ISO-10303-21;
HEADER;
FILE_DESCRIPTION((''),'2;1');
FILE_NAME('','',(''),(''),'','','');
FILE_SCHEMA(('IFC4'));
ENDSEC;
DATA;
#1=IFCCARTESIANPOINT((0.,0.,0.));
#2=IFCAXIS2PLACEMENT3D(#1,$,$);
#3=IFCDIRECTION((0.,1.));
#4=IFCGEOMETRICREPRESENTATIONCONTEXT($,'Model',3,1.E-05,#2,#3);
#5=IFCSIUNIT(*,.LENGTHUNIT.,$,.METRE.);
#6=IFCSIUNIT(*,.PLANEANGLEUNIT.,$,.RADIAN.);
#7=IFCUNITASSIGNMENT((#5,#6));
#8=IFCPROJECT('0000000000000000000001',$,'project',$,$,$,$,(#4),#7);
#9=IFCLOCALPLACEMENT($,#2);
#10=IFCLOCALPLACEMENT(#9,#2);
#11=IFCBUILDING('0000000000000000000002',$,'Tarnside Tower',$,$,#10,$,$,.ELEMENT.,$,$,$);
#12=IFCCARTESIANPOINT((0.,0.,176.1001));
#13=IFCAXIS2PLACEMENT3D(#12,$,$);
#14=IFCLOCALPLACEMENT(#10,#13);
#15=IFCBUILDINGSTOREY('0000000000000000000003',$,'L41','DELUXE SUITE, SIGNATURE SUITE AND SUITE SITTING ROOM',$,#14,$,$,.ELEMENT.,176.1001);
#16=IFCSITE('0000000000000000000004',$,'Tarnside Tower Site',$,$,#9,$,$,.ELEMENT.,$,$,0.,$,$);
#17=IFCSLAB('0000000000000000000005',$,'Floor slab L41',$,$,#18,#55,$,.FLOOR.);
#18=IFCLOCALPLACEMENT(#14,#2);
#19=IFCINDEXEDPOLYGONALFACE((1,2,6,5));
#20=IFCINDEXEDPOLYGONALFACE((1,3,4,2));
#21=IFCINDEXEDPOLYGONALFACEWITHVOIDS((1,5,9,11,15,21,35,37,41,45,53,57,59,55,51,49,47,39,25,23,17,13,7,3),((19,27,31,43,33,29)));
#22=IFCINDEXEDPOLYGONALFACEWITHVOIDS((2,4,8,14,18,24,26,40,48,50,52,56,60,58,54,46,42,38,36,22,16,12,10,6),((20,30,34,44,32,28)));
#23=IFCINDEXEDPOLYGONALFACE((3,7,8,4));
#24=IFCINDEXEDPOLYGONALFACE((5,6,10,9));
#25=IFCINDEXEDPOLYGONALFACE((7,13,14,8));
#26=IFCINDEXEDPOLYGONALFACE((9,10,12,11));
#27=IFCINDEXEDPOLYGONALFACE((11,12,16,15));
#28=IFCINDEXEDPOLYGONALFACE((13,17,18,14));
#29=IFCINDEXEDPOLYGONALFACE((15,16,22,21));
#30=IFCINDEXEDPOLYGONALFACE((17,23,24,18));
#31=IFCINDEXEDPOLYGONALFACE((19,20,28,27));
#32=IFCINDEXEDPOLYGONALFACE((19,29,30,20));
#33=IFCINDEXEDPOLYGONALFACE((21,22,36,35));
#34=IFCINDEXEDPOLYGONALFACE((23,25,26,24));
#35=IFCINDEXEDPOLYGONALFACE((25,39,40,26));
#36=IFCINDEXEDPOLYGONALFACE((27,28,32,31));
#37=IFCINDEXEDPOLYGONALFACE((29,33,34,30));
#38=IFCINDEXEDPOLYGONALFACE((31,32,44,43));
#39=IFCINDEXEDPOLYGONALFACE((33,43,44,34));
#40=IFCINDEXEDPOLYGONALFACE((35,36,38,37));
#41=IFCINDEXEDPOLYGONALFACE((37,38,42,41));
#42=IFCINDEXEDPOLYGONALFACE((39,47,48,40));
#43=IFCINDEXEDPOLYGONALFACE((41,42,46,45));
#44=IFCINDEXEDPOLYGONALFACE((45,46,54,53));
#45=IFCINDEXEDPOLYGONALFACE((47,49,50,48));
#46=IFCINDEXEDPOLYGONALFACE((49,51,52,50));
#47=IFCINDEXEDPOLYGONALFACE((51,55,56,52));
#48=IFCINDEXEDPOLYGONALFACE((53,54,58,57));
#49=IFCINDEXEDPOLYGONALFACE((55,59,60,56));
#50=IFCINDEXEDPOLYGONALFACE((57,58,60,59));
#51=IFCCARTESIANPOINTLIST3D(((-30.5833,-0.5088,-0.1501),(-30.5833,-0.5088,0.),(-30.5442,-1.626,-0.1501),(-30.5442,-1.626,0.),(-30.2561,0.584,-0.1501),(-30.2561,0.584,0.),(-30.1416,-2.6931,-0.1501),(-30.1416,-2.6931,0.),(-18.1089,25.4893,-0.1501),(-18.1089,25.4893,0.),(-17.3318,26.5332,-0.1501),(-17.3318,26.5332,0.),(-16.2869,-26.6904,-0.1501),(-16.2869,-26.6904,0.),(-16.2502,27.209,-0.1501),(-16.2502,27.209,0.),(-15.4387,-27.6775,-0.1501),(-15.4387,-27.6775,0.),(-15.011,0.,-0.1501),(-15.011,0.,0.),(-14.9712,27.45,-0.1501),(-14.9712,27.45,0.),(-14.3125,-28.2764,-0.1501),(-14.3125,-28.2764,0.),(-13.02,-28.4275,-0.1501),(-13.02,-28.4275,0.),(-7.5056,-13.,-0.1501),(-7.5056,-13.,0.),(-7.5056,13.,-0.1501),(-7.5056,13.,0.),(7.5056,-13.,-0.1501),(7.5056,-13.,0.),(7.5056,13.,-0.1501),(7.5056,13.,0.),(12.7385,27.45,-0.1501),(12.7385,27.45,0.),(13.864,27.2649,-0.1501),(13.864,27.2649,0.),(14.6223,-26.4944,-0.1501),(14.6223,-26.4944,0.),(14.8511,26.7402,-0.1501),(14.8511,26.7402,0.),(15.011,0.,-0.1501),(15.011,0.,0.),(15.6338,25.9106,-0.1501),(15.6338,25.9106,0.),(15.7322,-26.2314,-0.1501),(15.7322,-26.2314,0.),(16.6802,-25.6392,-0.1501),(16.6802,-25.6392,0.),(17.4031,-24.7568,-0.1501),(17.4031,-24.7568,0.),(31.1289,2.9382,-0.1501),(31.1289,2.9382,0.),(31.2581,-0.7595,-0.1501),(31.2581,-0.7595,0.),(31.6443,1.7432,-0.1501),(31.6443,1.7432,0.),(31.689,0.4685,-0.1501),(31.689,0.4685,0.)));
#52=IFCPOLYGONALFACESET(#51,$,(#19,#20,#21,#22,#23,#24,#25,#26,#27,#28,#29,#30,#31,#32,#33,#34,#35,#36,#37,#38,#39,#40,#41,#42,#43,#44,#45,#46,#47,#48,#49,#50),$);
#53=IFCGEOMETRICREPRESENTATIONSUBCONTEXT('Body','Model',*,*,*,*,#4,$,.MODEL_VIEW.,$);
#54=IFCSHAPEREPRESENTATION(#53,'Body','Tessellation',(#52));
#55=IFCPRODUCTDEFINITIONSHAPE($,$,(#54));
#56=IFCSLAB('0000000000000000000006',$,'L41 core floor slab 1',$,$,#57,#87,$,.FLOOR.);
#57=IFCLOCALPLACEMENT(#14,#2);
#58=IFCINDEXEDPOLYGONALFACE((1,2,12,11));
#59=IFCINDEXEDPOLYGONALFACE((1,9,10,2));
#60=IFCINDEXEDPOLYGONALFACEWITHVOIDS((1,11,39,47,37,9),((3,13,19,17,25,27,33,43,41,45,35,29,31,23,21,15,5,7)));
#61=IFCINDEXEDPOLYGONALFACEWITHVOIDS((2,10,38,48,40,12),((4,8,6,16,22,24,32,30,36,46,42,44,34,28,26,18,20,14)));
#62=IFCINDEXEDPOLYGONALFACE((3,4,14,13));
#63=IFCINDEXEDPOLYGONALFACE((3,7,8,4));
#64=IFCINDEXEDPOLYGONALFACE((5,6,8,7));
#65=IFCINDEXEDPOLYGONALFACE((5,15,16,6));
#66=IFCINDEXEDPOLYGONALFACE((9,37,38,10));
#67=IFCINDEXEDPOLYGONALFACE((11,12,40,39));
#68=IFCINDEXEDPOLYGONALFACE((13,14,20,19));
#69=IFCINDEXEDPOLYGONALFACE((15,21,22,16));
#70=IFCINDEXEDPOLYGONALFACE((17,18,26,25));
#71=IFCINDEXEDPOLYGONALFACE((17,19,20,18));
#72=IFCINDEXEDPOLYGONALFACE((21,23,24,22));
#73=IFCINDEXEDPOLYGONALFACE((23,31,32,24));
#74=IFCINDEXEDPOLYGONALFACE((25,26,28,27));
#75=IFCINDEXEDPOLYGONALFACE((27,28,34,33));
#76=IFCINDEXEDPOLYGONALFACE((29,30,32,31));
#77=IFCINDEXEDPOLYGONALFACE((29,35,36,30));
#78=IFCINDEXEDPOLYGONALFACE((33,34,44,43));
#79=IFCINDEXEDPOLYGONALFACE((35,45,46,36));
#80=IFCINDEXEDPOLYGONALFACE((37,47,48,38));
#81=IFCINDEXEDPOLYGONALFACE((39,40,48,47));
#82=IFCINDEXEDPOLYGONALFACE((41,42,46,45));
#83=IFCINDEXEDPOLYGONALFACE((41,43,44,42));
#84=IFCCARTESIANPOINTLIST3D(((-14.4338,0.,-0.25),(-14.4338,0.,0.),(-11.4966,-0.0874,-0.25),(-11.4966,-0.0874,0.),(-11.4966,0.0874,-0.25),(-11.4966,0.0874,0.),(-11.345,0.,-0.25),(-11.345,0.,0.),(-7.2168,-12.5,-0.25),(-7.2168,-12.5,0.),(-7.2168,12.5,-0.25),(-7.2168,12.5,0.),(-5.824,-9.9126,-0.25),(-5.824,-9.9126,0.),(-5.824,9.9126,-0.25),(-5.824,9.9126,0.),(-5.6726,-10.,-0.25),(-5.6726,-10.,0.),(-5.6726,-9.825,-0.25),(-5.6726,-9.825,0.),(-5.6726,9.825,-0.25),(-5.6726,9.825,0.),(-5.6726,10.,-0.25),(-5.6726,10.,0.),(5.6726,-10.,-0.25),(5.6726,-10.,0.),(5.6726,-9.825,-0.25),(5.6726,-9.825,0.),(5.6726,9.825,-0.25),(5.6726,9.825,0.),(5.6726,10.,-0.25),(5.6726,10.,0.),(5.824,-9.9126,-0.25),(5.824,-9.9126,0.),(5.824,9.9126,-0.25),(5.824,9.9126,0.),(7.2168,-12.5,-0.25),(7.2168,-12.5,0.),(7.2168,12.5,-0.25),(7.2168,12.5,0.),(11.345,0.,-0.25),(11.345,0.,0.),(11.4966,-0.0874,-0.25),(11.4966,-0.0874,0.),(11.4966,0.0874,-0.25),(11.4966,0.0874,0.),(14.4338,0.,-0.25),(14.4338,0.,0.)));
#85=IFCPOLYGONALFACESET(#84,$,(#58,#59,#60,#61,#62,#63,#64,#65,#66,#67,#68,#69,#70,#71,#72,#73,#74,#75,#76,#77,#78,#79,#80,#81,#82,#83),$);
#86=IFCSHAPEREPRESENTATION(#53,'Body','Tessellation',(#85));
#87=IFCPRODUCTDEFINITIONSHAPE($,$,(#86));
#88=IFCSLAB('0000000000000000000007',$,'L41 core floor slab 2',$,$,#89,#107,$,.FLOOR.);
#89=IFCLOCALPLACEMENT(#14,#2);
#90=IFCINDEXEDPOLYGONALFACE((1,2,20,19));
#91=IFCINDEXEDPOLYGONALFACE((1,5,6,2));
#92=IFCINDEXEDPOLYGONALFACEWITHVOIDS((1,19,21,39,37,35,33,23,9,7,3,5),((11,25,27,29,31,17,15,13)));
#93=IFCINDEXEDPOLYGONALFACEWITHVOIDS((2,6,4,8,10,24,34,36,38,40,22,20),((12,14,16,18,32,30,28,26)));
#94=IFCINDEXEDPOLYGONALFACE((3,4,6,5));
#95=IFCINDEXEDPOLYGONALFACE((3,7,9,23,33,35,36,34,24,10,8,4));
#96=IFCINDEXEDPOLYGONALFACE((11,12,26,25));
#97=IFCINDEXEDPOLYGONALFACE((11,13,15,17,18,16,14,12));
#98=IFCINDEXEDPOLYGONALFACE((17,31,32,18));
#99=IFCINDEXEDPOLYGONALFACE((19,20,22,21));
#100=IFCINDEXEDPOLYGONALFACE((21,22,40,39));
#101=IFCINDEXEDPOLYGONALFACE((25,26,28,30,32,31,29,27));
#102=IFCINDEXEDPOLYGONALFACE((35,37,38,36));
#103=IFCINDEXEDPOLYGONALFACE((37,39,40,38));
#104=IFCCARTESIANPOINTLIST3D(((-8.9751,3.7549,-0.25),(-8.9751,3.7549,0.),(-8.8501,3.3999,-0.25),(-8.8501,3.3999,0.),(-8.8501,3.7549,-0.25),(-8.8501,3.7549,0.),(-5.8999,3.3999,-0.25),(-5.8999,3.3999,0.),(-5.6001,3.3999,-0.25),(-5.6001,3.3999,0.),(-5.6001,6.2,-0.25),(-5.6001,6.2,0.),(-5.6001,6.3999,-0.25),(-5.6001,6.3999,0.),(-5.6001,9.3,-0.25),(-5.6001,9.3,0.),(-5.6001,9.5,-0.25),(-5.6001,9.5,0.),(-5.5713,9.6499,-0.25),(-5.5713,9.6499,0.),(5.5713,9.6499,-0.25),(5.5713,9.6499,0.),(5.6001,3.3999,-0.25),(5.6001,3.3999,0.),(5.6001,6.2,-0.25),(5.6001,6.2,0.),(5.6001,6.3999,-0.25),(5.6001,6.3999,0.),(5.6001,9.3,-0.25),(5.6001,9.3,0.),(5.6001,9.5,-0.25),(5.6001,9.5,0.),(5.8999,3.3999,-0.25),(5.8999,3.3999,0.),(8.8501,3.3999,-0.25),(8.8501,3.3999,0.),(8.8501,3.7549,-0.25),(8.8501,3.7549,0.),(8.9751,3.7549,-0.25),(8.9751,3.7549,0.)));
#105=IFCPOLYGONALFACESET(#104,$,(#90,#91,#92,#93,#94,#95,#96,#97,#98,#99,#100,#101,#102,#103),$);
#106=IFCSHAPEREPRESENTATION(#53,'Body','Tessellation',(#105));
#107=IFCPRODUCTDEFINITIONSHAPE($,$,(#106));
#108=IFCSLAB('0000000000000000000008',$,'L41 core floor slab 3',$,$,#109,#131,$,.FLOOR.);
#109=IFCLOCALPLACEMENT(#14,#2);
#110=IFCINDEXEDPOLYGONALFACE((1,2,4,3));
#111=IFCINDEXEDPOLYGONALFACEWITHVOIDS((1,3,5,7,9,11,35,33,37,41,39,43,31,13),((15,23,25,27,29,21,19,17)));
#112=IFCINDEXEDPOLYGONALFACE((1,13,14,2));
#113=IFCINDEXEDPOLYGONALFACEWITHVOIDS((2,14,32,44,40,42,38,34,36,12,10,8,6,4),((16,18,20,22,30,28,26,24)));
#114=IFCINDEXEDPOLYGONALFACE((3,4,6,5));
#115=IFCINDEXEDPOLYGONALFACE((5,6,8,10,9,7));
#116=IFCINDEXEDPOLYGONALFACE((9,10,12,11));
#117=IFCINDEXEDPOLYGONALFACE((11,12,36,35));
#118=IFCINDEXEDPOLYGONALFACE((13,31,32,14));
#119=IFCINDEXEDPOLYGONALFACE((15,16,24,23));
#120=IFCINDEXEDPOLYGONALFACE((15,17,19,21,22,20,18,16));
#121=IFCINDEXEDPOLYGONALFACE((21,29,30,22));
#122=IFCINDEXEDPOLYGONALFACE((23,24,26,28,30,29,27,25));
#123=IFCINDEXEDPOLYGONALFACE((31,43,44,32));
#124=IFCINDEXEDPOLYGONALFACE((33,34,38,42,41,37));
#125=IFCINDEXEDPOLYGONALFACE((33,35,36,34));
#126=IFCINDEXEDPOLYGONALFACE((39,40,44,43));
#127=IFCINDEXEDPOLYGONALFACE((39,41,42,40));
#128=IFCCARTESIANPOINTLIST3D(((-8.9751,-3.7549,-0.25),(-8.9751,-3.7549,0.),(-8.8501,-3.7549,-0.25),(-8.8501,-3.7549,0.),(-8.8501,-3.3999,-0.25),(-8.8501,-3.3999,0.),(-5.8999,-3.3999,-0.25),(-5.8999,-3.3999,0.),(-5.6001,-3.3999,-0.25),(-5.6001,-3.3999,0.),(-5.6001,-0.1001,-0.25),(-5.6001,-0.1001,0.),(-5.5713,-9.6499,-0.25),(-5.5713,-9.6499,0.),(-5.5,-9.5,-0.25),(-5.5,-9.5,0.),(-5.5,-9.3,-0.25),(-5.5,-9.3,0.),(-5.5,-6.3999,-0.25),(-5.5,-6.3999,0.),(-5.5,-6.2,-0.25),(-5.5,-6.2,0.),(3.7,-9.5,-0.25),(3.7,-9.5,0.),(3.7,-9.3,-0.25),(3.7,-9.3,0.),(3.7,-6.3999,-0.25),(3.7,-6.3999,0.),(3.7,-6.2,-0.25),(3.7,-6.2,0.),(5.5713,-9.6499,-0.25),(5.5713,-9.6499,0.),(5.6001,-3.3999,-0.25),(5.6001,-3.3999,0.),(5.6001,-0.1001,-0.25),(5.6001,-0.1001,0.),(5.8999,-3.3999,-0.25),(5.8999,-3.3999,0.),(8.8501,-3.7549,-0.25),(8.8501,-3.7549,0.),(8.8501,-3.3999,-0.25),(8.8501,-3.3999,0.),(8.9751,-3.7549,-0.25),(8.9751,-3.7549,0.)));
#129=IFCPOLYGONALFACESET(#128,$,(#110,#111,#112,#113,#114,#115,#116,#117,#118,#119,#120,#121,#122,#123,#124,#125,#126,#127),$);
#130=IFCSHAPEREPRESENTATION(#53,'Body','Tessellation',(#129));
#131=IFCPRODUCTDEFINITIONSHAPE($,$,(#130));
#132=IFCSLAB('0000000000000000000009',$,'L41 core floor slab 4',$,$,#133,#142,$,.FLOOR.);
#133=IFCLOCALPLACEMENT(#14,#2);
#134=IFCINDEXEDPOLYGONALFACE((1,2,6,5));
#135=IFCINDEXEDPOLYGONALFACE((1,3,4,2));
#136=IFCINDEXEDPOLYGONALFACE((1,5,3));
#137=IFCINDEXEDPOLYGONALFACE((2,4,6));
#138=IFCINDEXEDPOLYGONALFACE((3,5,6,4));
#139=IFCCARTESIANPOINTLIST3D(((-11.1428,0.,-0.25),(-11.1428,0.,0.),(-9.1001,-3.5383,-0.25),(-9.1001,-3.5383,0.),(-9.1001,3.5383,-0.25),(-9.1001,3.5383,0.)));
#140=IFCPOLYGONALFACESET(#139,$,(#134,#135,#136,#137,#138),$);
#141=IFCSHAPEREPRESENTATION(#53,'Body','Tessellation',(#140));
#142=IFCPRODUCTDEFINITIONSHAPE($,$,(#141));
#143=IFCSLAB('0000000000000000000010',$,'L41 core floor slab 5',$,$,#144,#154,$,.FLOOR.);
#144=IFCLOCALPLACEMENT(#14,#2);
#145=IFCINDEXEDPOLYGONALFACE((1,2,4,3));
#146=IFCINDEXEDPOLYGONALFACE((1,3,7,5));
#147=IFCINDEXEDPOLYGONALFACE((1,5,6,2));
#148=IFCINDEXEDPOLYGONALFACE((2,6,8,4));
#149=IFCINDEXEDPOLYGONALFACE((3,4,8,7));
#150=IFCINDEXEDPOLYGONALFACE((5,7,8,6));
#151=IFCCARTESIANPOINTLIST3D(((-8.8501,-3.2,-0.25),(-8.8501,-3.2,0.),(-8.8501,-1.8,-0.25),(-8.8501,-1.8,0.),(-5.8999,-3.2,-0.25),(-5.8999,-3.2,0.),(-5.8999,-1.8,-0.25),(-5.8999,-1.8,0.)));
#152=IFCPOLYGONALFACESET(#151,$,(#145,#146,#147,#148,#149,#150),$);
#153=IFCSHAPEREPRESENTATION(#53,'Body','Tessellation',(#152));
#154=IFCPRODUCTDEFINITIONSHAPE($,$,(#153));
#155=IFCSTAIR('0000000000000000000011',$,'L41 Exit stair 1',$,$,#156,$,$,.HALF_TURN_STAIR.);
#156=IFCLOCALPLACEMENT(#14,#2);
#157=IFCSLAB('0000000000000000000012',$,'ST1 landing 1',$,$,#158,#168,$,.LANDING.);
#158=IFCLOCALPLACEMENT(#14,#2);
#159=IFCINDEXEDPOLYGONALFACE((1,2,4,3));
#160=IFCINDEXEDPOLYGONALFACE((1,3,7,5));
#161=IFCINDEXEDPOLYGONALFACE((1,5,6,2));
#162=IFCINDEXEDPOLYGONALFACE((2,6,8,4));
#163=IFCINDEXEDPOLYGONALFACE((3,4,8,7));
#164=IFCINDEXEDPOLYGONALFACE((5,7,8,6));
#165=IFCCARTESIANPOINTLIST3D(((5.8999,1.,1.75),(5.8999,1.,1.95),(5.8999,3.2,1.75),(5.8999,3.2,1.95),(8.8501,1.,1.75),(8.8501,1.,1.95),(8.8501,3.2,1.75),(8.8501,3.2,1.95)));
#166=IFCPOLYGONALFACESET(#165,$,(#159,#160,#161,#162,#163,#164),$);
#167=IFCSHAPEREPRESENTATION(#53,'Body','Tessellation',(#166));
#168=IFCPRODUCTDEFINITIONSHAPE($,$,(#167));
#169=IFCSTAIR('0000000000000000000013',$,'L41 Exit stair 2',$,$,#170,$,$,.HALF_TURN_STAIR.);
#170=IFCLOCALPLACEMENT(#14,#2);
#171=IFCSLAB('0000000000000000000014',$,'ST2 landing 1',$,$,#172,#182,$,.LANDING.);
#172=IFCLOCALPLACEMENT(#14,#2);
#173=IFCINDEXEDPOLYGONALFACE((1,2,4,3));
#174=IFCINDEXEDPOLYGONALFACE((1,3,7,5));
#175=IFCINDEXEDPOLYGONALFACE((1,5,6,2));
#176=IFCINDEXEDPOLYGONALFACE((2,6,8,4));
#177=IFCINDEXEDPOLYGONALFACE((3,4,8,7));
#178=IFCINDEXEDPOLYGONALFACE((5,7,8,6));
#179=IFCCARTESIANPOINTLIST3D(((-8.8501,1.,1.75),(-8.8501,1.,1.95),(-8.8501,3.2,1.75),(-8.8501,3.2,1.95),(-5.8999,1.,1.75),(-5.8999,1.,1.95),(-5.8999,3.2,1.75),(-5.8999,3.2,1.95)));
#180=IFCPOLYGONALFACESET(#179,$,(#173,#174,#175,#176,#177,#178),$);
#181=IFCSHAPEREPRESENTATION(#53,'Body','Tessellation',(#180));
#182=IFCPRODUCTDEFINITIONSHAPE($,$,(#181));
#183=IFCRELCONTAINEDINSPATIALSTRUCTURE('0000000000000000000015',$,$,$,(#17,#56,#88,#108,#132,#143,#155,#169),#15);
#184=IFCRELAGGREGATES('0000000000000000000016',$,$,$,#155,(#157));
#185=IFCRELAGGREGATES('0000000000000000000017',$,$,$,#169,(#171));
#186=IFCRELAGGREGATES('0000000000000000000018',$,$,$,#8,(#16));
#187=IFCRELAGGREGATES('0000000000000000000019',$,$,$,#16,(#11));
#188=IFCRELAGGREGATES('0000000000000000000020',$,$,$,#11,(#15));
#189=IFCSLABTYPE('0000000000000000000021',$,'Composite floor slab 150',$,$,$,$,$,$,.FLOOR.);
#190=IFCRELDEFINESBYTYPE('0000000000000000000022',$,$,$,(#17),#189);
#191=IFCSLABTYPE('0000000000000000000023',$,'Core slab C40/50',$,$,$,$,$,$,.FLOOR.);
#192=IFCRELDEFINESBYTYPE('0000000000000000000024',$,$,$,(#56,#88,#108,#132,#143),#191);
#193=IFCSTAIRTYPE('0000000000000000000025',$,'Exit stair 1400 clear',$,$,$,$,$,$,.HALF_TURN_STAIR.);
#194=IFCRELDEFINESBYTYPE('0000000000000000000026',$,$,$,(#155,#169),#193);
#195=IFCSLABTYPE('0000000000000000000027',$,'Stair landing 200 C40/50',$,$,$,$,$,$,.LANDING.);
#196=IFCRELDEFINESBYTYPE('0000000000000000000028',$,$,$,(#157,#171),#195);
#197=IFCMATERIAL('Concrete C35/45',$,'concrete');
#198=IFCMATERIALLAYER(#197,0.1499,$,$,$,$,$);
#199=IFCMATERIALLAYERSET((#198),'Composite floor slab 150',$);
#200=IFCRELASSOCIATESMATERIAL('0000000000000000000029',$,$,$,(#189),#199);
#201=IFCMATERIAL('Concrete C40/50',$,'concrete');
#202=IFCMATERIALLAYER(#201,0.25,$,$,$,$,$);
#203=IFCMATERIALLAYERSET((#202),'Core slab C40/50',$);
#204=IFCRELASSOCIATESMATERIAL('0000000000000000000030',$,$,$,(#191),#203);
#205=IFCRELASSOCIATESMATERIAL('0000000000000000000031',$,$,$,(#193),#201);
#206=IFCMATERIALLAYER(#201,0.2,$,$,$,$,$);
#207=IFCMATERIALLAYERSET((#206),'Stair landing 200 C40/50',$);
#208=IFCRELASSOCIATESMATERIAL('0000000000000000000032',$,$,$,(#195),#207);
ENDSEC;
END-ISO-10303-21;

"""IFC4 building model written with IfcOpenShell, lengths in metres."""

from ifc_helpers import new_model, si_unit, direction, frame, origin, place, context, subcontext, project, spatial, polyline, outline, extrude, material, layer, layer_set, type_object, element, aggregate, save


model = new_model("IFC4")

# Units and contexts
model_context = context("Model", 3, precision=1e-05, world=origin(), true_north=direction((0.0, 1.0)))
body_context = subcontext(model_context, "Body", "Model", "MODEL_VIEW")
ifc_project = project(units=[si_unit("LENGTHUNIT", "METRE"), si_unit("PLANEANGLEUNIT", "RADIAN")], contexts=[model_context])

# Site, building, storey
site_placement = place(None, origin())
site = spatial("IfcSite", under=ifc_project, at=site_placement, Name="Tarnside Tower Site", CompositionType="ELEMENT", RefElevation=0.0)
building_placement = place(site_placement, origin())
building = spatial("IfcBuilding", under=site, at=building_placement, Name="Tarnside Tower", CompositionType="ELEMENT")
storey_placement = place(building_placement, frame((0.0, 0.0, 176.1001)))
storey = spatial("IfcBuildingStorey", under=building, at=storey_placement, Name="L41", Description="DELUXE SUITE, SIGNATURE SUITE AND SUITE SITTING ROOM", CompositionType="ELEMENT", Elevation=176.1001)

# Slabs
ifc_material_1 = material(Name="Concrete C35/45", Category="concrete")
ifc_layer_1 = layer(ifc_material_1, 0.1499)
ifc_layer_set_1 = layer_set([ifc_layer_1], Name="Composite floor slab 150")
slab_type_1 = type_object("IfcSlabType", Name="Composite floor slab 150", PredefinedType="FLOOR", material=ifc_layer_set_1)
slab_1_placement = place(storey_placement, frame((0.0, 0.0, -0.1501)))
element("IfcSlab", 1, at=slab_1_placement, inside=storey, type_object=slab_type_1, Name="Floor slab L41", PredefinedType="FLOOR", context=body_context, shape_type="SweptSolid", body=[
    extrude(outline(polyline([(13.864, 27.2649), (14.8511, 26.7402), (15.6338, 25.9106), (31.1289, 2.9382), (31.6443, 1.7432), (31.689, 0.4685), (31.2581, -0.7595), (17.4031, -24.7568), (16.6802, -25.6392), (15.7322, -26.2314), (14.6223, -26.4944), (-13.02, -28.4275), (-14.3125, -28.2764), (-15.4387, -27.6775), (-16.2869, -26.6904), (-30.1416, -2.6931), (-30.5442, -1.626), (-30.5833, -0.5088), (-30.2561, 0.584), (-18.1089, 25.4893), (-17.3318, 26.5332), (-16.2502, 27.209), (-14.9712, 27.45), (12.7385, 27.45), (13.864, 27.2649)]), holes=[polyline([(-15.011, 0.0), (-7.5056, -13.0), (7.5056, -13.0), (15.011, 0.0), (7.5056, 13.0), (-7.5056, 13.0), (-15.011, 0.0)])]), origin(), (0.0, 0.0, 1.0), 0.1501),
])
ifc_material_2 = material(Name="Concrete C40/50", Category="concrete")
ifc_layer_2 = layer(ifc_material_2, 0.25)
ifc_layer_set_2 = layer_set([ifc_layer_2], Name="Core slab C40/50")
slab_type_2 = type_object("IfcSlabType", Name="Core slab C40/50", PredefinedType="FLOOR", material=ifc_layer_set_2)
slab_2_placement = place(storey_placement, frame((0.0, 0.0, -0.25)))
element("IfcSlab", 2, at=slab_2_placement, inside=storey, type_object=slab_type_2, Name="L41 core floor slab 1", PredefinedType="FLOOR", context=body_context, shape_type="SweptSolid", body=[
    extrude(outline(polyline([(-7.2168, 12.5), (7.2168, 12.5), (14.4338, 0.0), (7.2168, -12.5), (-7.2168, -12.5), (-14.4338, 0.0), (-7.2168, 12.5)]), holes=[polyline([(5.824, -9.9126), (11.4966, -0.0874), (11.345, 0.0), (11.4966, 0.0874), (5.824, 9.9126), (5.6726, 9.825), (5.6726, 10.0), (-5.6726, 10.0), (-5.6726, 9.825), (-5.824, 9.9126), (-11.4966, 0.0874), (-11.345, 0.0), (-11.4966, -0.0874), (-5.824, -9.9126), (-5.6726, -9.825), (-5.6726, -10.0), (5.6726, -10.0), (5.6726, -9.825), (5.824, -9.9126)])]), origin(), (0.0, 0.0, 1.0), 0.25),
])
slab_3_placement = place(storey_placement, frame((0.0, 0.0, -0.25)))
element("IfcSlab", 3, at=slab_3_placement, inside=storey, type_object=slab_type_2, Name="L41 core floor slab 2", PredefinedType="FLOOR", context=body_context, shape_type="SweptSolid", body=[
    extrude(outline(polyline([(-8.9751, 3.7549), (-5.5713, 9.6499), (5.5713, 9.6499), (8.9751, 3.7549), (8.8501, 3.7549), (8.8501, 3.3999), (5.8999, 3.3999), (5.6001, 3.3999), (5.6001, 3.3999), (-5.6001, 3.3999), (-5.8999, 3.3999), (-8.8501, 3.3999), (-8.8501, 3.7549), (-8.9751, 3.7549)]), holes=[polyline([(-5.6001, 6.2), (5.6001, 6.2), (5.6001, 6.3999), (5.6001, 9.3), (5.6001, 9.5), (-5.6001, 9.5), (-5.6001, 9.3), (-5.6001, 6.3999), (-5.6001, 6.2)])]), origin(), (0.0, 0.0, 1.0), 0.25),
])
slab_4_placement = place(storey_placement, frame((0.0, 0.0, -0.25)))
element("IfcSlab", 4, at=slab_4_placement, inside=storey, type_object=slab_type_2, Name="L41 core floor slab 3", PredefinedType="FLOOR", context=body_context, shape_type="SweptSolid", body=[
    extrude(outline(polyline([(5.6001, -3.3999), (5.8999, -3.3999), (8.8501, -3.3999), (8.8501, -3.7549), (8.9751, -3.7549), (5.5713, -9.6499), (-5.5713, -9.6499), (-8.9751, -3.7549), (-8.8501, -3.7549), (-8.8501, -3.3999), (-5.8999, -3.3999), (-5.6001, -3.3999), (-5.6001, -0.1001), (5.6001, -0.1001), (5.6001, -3.3999)]), holes=[polyline([(-5.5, -9.3), (-5.5, -9.5), (3.7, -9.5), (3.7, -9.3), (3.7, -6.3999), (3.7, -6.2), (-5.5, -6.2), (-5.5, -6.3999), (-5.5, -9.3)])]), origin(), (0.0, 0.0, 1.0), 0.25),
])
slab_5_placement = place(storey_placement, frame((0.0, 0.0, -0.25)))
element("IfcSlab", 5, at=slab_5_placement, inside=storey, type_object=slab_type_2, Name="L41 core floor slab 4", PredefinedType="FLOOR", context=body_context, shape_type="SweptSolid", body=[
    extrude(outline(polyline([(-11.1428, 0.0), (-9.1001, 3.5383), (-9.1001, -3.5383), (-11.1428, 0.0)])), origin(), (0.0, 0.0, 1.0), 0.25),
])
slab_6_placement = place(storey_placement, frame((0.0, 0.0, -0.25)))
element("IfcSlab", 6, at=slab_6_placement, inside=storey, type_object=slab_type_2, Name="L41 core floor slab 5", PredefinedType="FLOOR", context=body_context, shape_type="SweptSolid", body=[
    extrude(outline(polyline([(-8.8501, -1.8), (-5.8999, -1.8), (-5.8999, -3.2), (-8.8501, -3.2), (-8.8501, -1.8)])), origin(), (0.0, 0.0, 1.0), 0.25),
])

# Stairs, slabs
stair_type = type_object("IfcStairType", Name="Exit stair 1400 clear", PredefinedType="HALF_TURN_STAIR", material=ifc_material_2)
stair_1_placement = place(storey_placement, origin())
stair_1 = element("IfcStair", 7, at=stair_1_placement, inside=storey, type_object=stair_type, Name="L41 Exit stair 1", PredefinedType="HALF_TURN_STAIR")
ifc_layer_3 = layer(ifc_material_2, 0.2)
ifc_layer_set_3 = layer_set([ifc_layer_3], Name="Stair landing 200 C40/50")
slab_type_3 = type_object("IfcSlabType", Name="Stair landing 200 C40/50", PredefinedType="LANDING", material=ifc_layer_set_3)
slab_7_placement = place(storey_placement, frame((0.0, 0.0, 1.75)))
slab_7 = element("IfcSlab", 8, at=slab_7_placement, type_object=slab_type_3, Name="ST1 landing 1", PredefinedType="LANDING", context=body_context, shape_type="SweptSolid", body=[
    extrude(outline(polyline([(8.8501, 1.0), (8.8501, 3.2), (5.8999, 3.2), (5.8999, 1.0), (8.8501, 1.0)])), origin(), (0.0, 0.0, 1.0), 0.2),
])
aggregate(stair_1, [slab_7])
stair_2_placement = place(storey_placement, origin())
stair_2 = element("IfcStair", 9, at=stair_2_placement, inside=storey, type_object=stair_type, Name="L41 Exit stair 2", PredefinedType="HALF_TURN_STAIR")
slab_8_placement = place(storey_placement, frame((0.0, 0.0, 1.75)))
slab_8 = element("IfcSlab", 10, at=slab_8_placement, type_object=slab_type_3, Name="ST2 landing 1", PredefinedType="LANDING", context=body_context, shape_type="SweptSolid", body=[
    extrude(outline(polyline([(-5.8999, 1.0), (-5.8999, 3.2), (-8.8501, 3.2), (-8.8501, 1.0), (-5.8999, 1.0)])), origin(), (0.0, 0.0, 1.0), 0.2),
])
aggregate(stair_2, [slab_8])

save(model, "model.ifc")
